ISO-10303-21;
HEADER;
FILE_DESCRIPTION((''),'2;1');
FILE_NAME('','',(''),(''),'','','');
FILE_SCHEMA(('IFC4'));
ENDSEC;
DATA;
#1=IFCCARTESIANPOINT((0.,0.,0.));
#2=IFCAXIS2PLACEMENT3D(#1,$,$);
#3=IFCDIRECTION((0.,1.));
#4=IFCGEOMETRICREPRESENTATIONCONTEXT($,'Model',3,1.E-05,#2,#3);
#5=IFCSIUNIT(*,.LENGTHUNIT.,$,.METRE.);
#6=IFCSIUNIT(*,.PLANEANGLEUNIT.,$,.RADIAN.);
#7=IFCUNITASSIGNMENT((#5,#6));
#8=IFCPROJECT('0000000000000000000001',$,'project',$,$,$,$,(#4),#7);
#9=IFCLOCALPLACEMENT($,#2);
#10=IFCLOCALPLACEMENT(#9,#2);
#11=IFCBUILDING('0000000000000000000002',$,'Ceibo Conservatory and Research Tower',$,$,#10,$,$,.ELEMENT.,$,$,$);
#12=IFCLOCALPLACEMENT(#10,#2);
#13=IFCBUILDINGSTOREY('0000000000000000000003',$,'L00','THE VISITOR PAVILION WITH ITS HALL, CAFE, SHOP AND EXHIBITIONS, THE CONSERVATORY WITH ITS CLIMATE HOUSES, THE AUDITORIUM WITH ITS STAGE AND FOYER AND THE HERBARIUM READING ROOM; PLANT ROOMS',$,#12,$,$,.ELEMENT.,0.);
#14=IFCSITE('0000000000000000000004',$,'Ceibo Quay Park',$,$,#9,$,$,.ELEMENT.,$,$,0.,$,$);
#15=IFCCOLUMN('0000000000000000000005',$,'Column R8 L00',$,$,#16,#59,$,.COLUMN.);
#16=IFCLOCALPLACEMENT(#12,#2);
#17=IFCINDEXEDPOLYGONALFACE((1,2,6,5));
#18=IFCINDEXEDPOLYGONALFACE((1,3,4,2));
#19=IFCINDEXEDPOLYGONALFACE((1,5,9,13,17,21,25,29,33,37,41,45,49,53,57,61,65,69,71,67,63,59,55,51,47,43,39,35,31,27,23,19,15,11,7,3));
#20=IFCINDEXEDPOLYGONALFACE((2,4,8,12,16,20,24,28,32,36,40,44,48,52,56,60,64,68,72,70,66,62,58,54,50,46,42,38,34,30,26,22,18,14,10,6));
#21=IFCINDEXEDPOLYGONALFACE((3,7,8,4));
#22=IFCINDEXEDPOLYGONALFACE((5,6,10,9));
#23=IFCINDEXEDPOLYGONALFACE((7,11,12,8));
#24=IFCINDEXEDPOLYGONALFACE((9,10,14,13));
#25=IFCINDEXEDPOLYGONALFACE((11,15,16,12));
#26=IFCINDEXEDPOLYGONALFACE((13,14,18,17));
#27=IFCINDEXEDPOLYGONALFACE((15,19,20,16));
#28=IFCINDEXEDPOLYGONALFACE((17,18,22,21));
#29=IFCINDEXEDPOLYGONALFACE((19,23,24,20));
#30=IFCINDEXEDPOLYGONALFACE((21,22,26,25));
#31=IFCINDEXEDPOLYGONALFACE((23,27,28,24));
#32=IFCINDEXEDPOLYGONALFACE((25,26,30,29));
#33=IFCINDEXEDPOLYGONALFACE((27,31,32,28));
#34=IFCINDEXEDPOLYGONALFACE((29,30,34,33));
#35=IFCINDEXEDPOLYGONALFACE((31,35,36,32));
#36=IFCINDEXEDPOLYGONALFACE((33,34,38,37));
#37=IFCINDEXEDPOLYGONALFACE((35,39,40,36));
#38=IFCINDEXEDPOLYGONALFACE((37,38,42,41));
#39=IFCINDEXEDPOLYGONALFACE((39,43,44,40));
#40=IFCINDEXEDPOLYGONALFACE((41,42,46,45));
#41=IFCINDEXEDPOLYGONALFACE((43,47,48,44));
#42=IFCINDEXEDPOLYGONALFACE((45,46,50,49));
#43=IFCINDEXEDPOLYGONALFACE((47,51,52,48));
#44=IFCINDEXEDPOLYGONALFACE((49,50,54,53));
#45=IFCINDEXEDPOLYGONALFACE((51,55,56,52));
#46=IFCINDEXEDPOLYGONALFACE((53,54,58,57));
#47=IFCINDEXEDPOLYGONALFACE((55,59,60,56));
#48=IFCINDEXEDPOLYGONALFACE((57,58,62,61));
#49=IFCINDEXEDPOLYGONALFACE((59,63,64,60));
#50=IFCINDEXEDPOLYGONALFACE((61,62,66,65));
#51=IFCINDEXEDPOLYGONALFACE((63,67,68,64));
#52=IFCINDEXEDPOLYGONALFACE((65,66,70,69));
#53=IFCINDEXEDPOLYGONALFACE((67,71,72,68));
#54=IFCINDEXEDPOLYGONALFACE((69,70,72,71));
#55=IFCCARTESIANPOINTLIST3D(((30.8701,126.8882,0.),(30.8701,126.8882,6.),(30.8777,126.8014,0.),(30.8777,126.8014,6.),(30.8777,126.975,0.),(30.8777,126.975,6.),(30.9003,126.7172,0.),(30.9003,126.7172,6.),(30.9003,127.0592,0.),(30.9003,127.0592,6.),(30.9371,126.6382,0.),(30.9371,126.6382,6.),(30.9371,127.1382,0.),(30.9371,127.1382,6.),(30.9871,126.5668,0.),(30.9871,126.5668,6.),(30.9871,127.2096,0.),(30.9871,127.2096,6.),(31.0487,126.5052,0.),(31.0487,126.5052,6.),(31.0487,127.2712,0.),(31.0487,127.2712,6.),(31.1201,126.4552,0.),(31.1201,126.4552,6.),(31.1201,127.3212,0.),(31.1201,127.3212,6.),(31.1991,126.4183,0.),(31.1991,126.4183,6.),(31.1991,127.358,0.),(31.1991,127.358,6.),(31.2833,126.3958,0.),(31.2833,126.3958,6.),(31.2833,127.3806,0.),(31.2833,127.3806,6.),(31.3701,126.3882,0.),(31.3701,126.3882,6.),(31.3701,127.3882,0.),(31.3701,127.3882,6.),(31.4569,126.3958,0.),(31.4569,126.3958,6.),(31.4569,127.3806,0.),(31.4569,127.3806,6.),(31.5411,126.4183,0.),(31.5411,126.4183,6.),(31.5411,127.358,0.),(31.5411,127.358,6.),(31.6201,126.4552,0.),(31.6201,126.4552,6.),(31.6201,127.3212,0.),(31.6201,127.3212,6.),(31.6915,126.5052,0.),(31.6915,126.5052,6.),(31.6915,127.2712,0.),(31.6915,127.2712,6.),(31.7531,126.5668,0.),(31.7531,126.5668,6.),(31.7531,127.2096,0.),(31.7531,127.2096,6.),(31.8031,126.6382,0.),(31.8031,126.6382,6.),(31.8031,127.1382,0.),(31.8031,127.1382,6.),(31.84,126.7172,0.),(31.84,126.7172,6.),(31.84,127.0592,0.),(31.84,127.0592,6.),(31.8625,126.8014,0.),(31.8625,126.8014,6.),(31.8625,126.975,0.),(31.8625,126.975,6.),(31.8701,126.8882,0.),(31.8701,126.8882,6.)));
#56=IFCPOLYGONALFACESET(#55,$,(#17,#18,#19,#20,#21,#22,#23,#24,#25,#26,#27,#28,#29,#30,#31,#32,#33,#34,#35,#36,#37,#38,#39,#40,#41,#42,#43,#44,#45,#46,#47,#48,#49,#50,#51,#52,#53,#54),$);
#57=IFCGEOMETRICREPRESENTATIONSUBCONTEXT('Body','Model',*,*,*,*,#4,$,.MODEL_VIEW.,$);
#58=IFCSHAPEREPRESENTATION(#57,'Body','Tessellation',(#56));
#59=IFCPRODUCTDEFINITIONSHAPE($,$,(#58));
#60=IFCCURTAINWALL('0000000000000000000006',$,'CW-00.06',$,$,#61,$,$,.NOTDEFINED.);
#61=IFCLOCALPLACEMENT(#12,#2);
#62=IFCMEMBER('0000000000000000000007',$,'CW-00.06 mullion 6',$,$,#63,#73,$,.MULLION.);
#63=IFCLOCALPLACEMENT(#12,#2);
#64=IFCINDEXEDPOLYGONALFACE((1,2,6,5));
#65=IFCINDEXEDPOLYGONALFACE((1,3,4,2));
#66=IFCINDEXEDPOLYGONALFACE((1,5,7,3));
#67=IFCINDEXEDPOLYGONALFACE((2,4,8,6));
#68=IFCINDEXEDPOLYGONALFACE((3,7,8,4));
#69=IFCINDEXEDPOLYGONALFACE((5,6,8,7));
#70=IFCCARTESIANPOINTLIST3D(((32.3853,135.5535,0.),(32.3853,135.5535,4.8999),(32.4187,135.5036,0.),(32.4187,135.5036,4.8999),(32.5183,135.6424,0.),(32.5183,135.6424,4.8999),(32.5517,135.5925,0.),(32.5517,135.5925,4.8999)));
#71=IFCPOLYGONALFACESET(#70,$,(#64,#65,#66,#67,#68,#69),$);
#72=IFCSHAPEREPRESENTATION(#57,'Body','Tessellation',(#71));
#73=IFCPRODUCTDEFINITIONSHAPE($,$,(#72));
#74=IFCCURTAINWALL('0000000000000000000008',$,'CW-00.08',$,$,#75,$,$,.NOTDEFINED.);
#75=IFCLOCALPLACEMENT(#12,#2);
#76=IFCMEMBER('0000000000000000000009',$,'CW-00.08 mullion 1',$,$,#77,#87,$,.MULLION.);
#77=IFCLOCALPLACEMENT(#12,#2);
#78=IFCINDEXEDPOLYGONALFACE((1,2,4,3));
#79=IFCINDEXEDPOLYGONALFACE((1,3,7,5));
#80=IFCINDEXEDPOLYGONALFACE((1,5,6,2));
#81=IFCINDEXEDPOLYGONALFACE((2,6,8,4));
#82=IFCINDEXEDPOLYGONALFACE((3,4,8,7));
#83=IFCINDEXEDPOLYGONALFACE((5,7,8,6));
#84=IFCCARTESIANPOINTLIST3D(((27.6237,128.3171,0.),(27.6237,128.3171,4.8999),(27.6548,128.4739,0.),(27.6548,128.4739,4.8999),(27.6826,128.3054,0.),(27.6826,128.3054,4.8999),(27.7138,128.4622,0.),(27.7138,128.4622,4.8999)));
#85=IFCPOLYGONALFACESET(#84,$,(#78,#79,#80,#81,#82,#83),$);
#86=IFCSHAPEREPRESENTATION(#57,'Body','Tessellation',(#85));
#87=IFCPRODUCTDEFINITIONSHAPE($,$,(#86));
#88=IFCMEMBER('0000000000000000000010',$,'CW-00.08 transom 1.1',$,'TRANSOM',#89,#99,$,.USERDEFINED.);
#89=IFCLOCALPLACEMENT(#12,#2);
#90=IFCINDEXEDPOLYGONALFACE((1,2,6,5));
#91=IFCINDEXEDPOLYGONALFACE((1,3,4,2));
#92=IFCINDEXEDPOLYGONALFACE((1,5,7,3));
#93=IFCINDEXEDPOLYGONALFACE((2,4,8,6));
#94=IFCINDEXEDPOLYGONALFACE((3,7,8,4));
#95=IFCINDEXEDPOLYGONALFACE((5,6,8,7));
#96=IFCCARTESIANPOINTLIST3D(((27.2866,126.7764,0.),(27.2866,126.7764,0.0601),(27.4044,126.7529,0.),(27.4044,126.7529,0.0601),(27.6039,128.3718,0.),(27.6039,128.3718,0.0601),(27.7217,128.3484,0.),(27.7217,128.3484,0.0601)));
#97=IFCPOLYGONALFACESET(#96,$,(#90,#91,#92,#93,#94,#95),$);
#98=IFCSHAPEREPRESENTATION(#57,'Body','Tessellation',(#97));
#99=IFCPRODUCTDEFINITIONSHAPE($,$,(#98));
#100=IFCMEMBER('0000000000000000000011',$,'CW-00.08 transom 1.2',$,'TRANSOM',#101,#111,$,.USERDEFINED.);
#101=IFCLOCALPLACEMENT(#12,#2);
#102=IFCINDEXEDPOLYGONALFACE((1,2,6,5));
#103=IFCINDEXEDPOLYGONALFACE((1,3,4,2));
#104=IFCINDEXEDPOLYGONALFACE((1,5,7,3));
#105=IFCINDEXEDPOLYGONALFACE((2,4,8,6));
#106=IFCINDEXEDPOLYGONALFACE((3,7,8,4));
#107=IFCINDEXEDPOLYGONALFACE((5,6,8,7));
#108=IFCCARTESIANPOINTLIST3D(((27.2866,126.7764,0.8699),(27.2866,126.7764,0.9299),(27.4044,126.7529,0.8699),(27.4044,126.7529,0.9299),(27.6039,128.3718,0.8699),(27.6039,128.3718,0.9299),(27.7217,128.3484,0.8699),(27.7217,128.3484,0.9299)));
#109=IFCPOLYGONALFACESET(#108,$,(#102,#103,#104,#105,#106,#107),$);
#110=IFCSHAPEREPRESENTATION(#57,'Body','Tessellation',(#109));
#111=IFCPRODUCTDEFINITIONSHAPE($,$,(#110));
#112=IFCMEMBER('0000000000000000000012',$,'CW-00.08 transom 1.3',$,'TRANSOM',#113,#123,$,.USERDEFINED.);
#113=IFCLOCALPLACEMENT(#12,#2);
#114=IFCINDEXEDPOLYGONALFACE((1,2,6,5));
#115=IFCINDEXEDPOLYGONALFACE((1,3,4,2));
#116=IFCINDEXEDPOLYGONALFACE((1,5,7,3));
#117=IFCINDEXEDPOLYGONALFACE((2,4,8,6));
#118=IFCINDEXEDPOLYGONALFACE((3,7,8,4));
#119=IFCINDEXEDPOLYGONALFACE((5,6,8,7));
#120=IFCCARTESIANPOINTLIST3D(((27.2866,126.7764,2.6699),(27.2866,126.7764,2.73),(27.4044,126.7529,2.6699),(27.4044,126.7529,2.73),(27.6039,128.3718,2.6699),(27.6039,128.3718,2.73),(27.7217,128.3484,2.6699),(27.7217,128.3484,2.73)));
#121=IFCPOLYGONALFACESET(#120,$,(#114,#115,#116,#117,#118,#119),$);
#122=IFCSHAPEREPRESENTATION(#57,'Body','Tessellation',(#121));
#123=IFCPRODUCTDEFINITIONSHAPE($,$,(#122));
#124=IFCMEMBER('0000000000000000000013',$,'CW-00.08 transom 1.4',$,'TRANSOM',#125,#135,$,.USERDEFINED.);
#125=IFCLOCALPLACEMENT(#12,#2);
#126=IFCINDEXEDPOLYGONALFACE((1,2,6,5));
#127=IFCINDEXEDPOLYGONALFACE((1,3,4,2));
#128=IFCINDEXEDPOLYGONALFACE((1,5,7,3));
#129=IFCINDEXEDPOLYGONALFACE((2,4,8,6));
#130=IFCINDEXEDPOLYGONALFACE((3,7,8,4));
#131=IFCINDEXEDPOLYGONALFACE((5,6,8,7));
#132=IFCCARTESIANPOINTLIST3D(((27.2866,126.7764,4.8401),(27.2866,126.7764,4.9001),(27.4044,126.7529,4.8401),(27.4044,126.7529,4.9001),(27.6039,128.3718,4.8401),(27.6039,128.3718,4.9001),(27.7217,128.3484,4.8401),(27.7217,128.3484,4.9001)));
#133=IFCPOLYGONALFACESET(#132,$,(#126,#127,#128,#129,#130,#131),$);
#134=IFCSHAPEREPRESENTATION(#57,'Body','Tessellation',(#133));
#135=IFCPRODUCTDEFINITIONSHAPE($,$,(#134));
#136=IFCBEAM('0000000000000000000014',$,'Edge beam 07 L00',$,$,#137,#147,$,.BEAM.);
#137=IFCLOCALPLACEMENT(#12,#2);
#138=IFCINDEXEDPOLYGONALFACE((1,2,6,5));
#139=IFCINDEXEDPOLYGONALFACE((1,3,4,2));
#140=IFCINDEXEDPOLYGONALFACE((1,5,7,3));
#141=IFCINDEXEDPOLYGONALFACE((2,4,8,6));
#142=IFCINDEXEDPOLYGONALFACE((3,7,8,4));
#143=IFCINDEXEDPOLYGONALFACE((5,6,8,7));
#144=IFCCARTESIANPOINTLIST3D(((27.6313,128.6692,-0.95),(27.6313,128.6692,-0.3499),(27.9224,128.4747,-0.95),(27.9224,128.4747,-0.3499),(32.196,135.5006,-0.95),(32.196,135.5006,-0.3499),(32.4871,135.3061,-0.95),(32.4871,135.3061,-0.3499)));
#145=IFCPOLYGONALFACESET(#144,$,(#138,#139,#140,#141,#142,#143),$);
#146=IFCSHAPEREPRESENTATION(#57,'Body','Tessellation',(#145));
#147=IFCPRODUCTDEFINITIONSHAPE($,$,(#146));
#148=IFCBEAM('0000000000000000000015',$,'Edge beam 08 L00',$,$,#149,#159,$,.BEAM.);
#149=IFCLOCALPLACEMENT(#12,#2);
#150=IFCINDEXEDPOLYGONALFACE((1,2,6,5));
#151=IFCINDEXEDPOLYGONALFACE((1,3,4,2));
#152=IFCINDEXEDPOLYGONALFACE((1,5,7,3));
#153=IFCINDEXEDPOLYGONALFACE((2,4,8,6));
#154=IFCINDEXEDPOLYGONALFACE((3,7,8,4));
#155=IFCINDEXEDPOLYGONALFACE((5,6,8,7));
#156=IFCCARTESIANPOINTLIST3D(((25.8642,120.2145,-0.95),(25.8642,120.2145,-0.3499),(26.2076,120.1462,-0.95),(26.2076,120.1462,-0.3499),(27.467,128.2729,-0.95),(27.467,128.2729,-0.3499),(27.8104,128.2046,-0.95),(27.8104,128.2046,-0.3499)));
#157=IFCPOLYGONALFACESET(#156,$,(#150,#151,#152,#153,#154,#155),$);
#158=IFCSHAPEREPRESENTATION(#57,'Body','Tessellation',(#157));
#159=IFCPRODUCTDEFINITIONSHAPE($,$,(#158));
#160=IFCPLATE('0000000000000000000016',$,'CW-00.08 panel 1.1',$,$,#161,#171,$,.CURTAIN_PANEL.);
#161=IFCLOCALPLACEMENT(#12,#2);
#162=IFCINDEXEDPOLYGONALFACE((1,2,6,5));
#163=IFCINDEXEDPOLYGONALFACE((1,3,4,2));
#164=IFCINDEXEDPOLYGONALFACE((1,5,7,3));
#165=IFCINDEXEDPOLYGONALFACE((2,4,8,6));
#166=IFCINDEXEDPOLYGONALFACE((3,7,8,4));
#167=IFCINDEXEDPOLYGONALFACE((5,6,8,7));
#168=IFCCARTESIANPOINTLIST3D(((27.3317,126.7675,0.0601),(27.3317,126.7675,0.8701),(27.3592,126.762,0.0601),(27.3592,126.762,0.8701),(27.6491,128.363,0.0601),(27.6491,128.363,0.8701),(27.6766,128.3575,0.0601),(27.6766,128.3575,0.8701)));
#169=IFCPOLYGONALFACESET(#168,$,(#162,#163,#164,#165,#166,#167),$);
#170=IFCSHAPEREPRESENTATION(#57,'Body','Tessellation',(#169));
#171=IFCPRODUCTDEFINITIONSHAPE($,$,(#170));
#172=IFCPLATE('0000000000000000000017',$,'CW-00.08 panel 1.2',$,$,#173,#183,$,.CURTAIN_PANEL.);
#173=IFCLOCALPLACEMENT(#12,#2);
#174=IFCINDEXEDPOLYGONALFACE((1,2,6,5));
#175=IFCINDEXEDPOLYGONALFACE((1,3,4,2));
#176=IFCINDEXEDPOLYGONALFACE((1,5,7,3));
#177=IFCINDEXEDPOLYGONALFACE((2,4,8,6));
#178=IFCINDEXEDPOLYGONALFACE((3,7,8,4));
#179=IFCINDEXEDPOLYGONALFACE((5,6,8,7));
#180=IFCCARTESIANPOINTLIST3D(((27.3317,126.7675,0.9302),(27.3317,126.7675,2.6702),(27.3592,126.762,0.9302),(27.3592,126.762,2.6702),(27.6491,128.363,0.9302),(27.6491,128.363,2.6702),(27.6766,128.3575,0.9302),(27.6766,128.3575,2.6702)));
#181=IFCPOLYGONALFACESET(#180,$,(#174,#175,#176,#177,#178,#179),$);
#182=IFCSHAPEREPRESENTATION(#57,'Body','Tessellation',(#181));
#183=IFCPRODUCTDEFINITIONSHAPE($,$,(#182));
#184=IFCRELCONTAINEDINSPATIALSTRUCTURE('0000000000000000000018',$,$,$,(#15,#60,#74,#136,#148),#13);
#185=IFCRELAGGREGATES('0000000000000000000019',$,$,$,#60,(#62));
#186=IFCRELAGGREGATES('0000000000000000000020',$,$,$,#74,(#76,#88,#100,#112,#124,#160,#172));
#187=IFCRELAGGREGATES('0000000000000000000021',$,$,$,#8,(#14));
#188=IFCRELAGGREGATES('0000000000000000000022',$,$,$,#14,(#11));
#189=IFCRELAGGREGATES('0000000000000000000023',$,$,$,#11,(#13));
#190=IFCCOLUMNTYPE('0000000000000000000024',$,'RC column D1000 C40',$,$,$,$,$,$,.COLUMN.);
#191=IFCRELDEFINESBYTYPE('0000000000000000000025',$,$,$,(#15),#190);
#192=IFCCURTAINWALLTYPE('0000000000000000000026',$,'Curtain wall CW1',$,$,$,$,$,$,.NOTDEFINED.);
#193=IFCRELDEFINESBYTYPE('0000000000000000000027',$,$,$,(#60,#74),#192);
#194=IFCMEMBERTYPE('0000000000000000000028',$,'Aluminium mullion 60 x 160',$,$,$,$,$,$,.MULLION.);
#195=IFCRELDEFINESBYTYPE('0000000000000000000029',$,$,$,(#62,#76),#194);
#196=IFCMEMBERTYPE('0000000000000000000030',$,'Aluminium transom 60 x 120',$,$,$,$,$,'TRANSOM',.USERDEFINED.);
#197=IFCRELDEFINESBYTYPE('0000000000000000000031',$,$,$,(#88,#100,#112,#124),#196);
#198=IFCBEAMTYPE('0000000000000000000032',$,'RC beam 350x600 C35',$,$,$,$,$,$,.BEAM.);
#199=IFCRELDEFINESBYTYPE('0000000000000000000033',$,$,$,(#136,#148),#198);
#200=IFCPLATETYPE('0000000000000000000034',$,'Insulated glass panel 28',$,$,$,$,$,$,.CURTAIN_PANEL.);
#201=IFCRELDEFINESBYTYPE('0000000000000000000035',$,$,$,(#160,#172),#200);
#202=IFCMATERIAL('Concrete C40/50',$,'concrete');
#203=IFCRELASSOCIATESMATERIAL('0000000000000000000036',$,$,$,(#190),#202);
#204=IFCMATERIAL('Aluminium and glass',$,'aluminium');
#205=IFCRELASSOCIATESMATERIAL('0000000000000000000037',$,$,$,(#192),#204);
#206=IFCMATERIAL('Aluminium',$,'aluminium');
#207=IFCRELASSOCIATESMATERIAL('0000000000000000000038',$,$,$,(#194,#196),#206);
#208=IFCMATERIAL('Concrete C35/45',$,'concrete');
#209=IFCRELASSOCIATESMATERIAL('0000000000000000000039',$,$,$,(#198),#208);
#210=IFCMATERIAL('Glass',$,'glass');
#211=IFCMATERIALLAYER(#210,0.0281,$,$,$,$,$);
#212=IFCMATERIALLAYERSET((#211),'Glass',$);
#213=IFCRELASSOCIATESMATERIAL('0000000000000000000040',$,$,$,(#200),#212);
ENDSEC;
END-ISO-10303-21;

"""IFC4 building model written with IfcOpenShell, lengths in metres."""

from ifc_helpers import new_model, si_unit, direction, frame, origin, origin_2d, place, context, subcontext, project, spatial, rectangle, circle, extrude, material, layer, layer_set, material_profile, profile_set, type_object, element, aggregate, save


model = new_model("IFC4")

# Units and contexts
model_context = context("Model", 3, precision=1e-05, world=origin(), true_north=direction((0.0, 1.0)))
body_context = subcontext(model_context, "Body", "Model", "MODEL_VIEW")
ifc_project = project(units=[si_unit("LENGTHUNIT", "METRE"), si_unit("PLANEANGLEUNIT", "RADIAN")], contexts=[model_context])

# Site, building, storey
site_placement = place(None, origin())
site = spatial("IfcSite", under=ifc_project, at=site_placement, Name="Ceibo Quay Park", CompositionType="ELEMENT", RefElevation=0.0)
building_placement = place(site_placement, origin())
building = spatial("IfcBuilding", under=site, at=building_placement, Name="Ceibo Conservatory and Research Tower", CompositionType="ELEMENT")
storey_placement = place(building_placement, origin())
storey = spatial("IfcBuildingStorey", under=building, at=storey_placement, Name="L00", Description="THE VISITOR PAVILION WITH ITS HALL, CAFE, SHOP AND EXHIBITIONS, THE CONSERVATORY WITH ITS CLIMATE HOUSES, THE AUDITORIUM WITH ITS STAGE AND FOYER AND THE HERBARIUM READING ROOM; PLANT ROOMS", CompositionType="ELEMENT", Elevation=0.0)

# Column
ifc_material_1 = material(Name="Concrete C40/50", Category="concrete")
ifc_material_profile_1 = material_profile(ifc_material_1, circle(Radius=0.5, at=origin_2d()), Name="RC D1000")
ifc_profile_set_1 = profile_set([ifc_material_profile_1], Name="Concrete C40/50")
column_type = type_object("IfcColumnType", Name="RC column D1000 C40", PredefinedType="COLUMN", material=ifc_profile_set_1)
column_placement = place(storey_placement, frame((31.3701, 126.8882, 0.0), z_axis=(0.0, 0.0, 1.0), x_axis=(1.0, 0.0, 0.0)))
element("IfcColumn", 1, at=column_placement, inside=storey, type_object=column_type, Name="Column R8 L00", PredefinedType="COLUMN", context=body_context, shape_type="SweptSolid", body=[
    extrude(circle(Radius=0.5, at=origin_2d()), origin(), (0.0, 0.0, 1.0), 6.0),
])

# Curtain wall, member
ifc_material_2 = material(Name="Aluminium and glass", Category="aluminium")
curtain_wall_type = type_object("IfcCurtainWallType", Name="Curtain wall CW1", PredefinedType="NOTDEFINED", material=ifc_material_2)
curtain_wall_1_placement = place(storey_placement, origin())
curtain_wall_1 = element("IfcCurtainWall", 2, at=curtain_wall_1_placement, inside=storey, type_object=curtain_wall_type, Name="CW-00.06", PredefinedType="NOTDEFINED")
ifc_material_3 = material(Name="Aluminium", Category="aluminium")
ifc_material_profile_2 = material_profile(ifc_material_3, rectangle(XDim=0.0601, YDim=0.1599, at=origin_2d()), Name="Aluminium 60 x 160")
ifc_profile_set_2 = profile_set([ifc_material_profile_2], Name="Aluminium")
member_type_1 = type_object("IfcMemberType", Name="Aluminium mullion 60 x 160", PredefinedType="MULLION", material=ifc_profile_set_2)
member_1_placement = place(storey_placement, frame((32.4685, 135.573, 0.0), z_axis=(0.0, 0.0, 1.0), x_axis=(0.55557, -0.83147, 0.0)))
member_1 = element("IfcMember", 3, at=member_1_placement, type_object=member_type_1, Name="CW-00.06 mullion 6", PredefinedType="MULLION", context=body_context, shape_type="SweptSolid", body=[
    extrude(rectangle(XDim=0.0601, YDim=0.1599, at=origin_2d()), origin(), (0.0, 0.0, 1.0), 4.8999),
])
aggregate(curtain_wall_1, [member_1])

# Curtain wall, members
curtain_wall_2_placement = place(storey_placement, origin())
curtain_wall_2 = element("IfcCurtainWall", 4, at=curtain_wall_2_placement, inside=storey, type_object=curtain_wall_type, Name="CW-00.08", PredefinedType="NOTDEFINED")
member_2_placement = place(storey_placement, frame((27.6687, 128.3896, 0.0), z_axis=(0.0, 0.0, 1.0), x_axis=(0.980785, -0.19509, 0.0)))
member_2 = element("IfcMember", 5, at=member_2_placement, type_object=member_type_1, Name="CW-00.08 mullion 1", PredefinedType="MULLION", context=body_context, shape_type="SweptSolid", body=[
    extrude(rectangle(XDim=0.0601, YDim=0.1599, at=origin_2d()), origin(), (0.0, 0.0, 1.0), 4.8999),
])
ifc_material_profile_3 = material_profile(ifc_material_3, rectangle(XDim=0.1201, YDim=0.0601, at=origin_2d()), Name="Aluminium 60 x 120")
ifc_profile_set_3 = profile_set([ifc_material_profile_3], Name="Aluminium")
member_type_2 = type_object("IfcMemberType", Name="Aluminium transom 60 x 120", ElementType="TRANSOM", PredefinedType="USERDEFINED", material=ifc_profile_set_3)
member_3_placement = place(storey_placement, frame((27.6628, 128.3601, 0.03), z_axis=(-0.195106, -0.980782, 0.0), x_axis=(0.980782, -0.195106, 0.0)))
member_3 = element("IfcMember", 6, at=member_3_placement, type_object=member_type_2, Name="CW-00.08 transom 1.1", ObjectType="TRANSOM", PredefinedType="USERDEFINED", context=body_context, shape_type="SweptSolid", body=[
    extrude(rectangle(XDim=0.1201, YDim=0.0601, at=origin_2d()), origin(), (0.0, 0.0, 1.0), 1.6267),
])
member_4_placement = place(storey_placement, frame((27.6628, 128.3601, 0.8999), z_axis=(-0.195106, -0.980782, 0.0), x_axis=(0.980782, -0.195106, 0.0)))
member_4 = element("IfcMember", 7, at=member_4_placement, type_object=member_type_2, Name="CW-00.08 transom 1.2", ObjectType="TRANSOM", PredefinedType="USERDEFINED", context=body_context, shape_type="SweptSolid", body=[
    extrude(rectangle(XDim=0.1201, YDim=0.0601, at=origin_2d()), origin(), (0.0, 0.0, 1.0), 1.6267),
])
member_5_placement = place(storey_placement, frame((27.6628, 128.3601, 2.7), z_axis=(-0.195106, -0.980782, 0.0), x_axis=(0.980782, -0.195106, 0.0)))
member_5 = element("IfcMember", 8, at=member_5_placement, type_object=member_type_2, Name="CW-00.08 transom 1.3", ObjectType="TRANSOM", PredefinedType="USERDEFINED", context=body_context, shape_type="SweptSolid", body=[
    extrude(rectangle(XDim=0.1201, YDim=0.0601, at=origin_2d()), origin(), (0.0, 0.0, 1.0), 1.6267),
])
member_6_placement = place(storey_placement, frame((27.6628, 128.3601, 4.8701), z_axis=(-0.195106, -0.980782, 0.0), x_axis=(0.980782, -0.195106, 0.0)))
member_6 = element("IfcMember", 9, at=member_6_placement, type_object=member_type_2, Name="CW-00.08 transom 1.4", ObjectType="TRANSOM", PredefinedType="USERDEFINED", context=body_context, shape_type="SweptSolid", body=[
    extrude(rectangle(XDim=0.1201, YDim=0.0601, at=origin_2d()), origin(), (0.0, 0.0, 1.0), 1.6267),
])

# Beams
ifc_material_4 = material(Name="Concrete C35/45", Category="concrete")
ifc_material_profile_4 = material_profile(ifc_material_4, rectangle(XDim=0.3501, YDim=0.6001, at=origin_2d()), Name="RC 350x600")
ifc_profile_set_4 = profile_set([ifc_material_profile_4], Name="Concrete C35/45")
beam_type = type_object("IfcBeamType", Name="RC beam 350x600 C35", PredefinedType="BEAM", material=ifc_profile_set_4)
beam_1_placement = place(storey_placement, frame((32.3416, 135.4033, -0.6499), z_axis=(-0.555584, -0.83146, 0.0), x_axis=(0.83146, -0.555584, 0.0)))
element("IfcBeam", 10, at=beam_1_placement, inside=storey, type_object=beam_type, Name="Edge beam 07 L00", PredefinedType="BEAM", context=body_context, shape_type="SweptSolid", body=[
    extrude(rectangle(XDim=0.3501, YDim=0.6001, at=origin_2d()), origin(), (0.0, 0.0, 1.0), 8.2161),
])
beam_2_placement = place(storey_placement, frame((27.6387, 128.2388, -0.6499), z_axis=(-0.195076, -0.980788, 0.0), x_axis=(0.980788, -0.195076, 0.0)))
element("IfcBeam", 11, at=beam_2_placement, inside=storey, type_object=beam_type, Name="Edge beam 08 L00", PredefinedType="BEAM", context=body_context, shape_type="SweptSolid", body=[
    extrude(rectangle(XDim=0.3501, YDim=0.6001, at=origin_2d()), origin(), (0.0, 0.0, 1.0), 8.2163),
])

# Plates
ifc_material_5 = material(Name="Glass", Category="glass")
ifc_layer_1 = layer(ifc_material_5, 0.0281)
ifc_layer_set_1 = layer_set([ifc_layer_1], Name="Glass")
plate_type = type_object("IfcPlateType", Name="Insulated glass panel 28", PredefinedType="CURTAIN_PANEL", material=ifc_layer_set_1)
plate_1_placement = place(storey_placement, frame((27.5042, 127.5625, 0.0601), z_axis=(0.0, 0.0, 1.0), x_axis=(-0.19509, -0.980785, 0.0)))
plate_1 = element("IfcPlate", 12, at=plate_1_placement, type_object=plate_type, Name="CW-00.08 panel 1.1", PredefinedType="CURTAIN_PANEL", context=body_context, shape_type="SweptSolid", body=[
    extrude(rectangle(XDim=1.6267, YDim=0.0281, at=origin_2d()), origin(), (0.0, 0.0, 1.0), 0.8101),
])
plate_2_placement = place(storey_placement, frame((27.5042, 127.5625, 0.9302), z_axis=(0.0, 0.0, 1.0), x_axis=(-0.19509, -0.980785, 0.0)))
plate_2 = element("IfcPlate", 13, at=plate_2_placement, type_object=plate_type, Name="CW-00.08 panel 1.2", PredefinedType="CURTAIN_PANEL", context=body_context, shape_type="SweptSolid", body=[
    extrude(rectangle(XDim=1.6267, YDim=0.0281, at=origin_2d()), origin(), (0.0, 0.0, 1.0), 1.74),
])
aggregate(curtain_wall_2, [member_2, member_3, member_4, member_5, member_6, plate_1, plate_2])

save(model, "model.ifc")
